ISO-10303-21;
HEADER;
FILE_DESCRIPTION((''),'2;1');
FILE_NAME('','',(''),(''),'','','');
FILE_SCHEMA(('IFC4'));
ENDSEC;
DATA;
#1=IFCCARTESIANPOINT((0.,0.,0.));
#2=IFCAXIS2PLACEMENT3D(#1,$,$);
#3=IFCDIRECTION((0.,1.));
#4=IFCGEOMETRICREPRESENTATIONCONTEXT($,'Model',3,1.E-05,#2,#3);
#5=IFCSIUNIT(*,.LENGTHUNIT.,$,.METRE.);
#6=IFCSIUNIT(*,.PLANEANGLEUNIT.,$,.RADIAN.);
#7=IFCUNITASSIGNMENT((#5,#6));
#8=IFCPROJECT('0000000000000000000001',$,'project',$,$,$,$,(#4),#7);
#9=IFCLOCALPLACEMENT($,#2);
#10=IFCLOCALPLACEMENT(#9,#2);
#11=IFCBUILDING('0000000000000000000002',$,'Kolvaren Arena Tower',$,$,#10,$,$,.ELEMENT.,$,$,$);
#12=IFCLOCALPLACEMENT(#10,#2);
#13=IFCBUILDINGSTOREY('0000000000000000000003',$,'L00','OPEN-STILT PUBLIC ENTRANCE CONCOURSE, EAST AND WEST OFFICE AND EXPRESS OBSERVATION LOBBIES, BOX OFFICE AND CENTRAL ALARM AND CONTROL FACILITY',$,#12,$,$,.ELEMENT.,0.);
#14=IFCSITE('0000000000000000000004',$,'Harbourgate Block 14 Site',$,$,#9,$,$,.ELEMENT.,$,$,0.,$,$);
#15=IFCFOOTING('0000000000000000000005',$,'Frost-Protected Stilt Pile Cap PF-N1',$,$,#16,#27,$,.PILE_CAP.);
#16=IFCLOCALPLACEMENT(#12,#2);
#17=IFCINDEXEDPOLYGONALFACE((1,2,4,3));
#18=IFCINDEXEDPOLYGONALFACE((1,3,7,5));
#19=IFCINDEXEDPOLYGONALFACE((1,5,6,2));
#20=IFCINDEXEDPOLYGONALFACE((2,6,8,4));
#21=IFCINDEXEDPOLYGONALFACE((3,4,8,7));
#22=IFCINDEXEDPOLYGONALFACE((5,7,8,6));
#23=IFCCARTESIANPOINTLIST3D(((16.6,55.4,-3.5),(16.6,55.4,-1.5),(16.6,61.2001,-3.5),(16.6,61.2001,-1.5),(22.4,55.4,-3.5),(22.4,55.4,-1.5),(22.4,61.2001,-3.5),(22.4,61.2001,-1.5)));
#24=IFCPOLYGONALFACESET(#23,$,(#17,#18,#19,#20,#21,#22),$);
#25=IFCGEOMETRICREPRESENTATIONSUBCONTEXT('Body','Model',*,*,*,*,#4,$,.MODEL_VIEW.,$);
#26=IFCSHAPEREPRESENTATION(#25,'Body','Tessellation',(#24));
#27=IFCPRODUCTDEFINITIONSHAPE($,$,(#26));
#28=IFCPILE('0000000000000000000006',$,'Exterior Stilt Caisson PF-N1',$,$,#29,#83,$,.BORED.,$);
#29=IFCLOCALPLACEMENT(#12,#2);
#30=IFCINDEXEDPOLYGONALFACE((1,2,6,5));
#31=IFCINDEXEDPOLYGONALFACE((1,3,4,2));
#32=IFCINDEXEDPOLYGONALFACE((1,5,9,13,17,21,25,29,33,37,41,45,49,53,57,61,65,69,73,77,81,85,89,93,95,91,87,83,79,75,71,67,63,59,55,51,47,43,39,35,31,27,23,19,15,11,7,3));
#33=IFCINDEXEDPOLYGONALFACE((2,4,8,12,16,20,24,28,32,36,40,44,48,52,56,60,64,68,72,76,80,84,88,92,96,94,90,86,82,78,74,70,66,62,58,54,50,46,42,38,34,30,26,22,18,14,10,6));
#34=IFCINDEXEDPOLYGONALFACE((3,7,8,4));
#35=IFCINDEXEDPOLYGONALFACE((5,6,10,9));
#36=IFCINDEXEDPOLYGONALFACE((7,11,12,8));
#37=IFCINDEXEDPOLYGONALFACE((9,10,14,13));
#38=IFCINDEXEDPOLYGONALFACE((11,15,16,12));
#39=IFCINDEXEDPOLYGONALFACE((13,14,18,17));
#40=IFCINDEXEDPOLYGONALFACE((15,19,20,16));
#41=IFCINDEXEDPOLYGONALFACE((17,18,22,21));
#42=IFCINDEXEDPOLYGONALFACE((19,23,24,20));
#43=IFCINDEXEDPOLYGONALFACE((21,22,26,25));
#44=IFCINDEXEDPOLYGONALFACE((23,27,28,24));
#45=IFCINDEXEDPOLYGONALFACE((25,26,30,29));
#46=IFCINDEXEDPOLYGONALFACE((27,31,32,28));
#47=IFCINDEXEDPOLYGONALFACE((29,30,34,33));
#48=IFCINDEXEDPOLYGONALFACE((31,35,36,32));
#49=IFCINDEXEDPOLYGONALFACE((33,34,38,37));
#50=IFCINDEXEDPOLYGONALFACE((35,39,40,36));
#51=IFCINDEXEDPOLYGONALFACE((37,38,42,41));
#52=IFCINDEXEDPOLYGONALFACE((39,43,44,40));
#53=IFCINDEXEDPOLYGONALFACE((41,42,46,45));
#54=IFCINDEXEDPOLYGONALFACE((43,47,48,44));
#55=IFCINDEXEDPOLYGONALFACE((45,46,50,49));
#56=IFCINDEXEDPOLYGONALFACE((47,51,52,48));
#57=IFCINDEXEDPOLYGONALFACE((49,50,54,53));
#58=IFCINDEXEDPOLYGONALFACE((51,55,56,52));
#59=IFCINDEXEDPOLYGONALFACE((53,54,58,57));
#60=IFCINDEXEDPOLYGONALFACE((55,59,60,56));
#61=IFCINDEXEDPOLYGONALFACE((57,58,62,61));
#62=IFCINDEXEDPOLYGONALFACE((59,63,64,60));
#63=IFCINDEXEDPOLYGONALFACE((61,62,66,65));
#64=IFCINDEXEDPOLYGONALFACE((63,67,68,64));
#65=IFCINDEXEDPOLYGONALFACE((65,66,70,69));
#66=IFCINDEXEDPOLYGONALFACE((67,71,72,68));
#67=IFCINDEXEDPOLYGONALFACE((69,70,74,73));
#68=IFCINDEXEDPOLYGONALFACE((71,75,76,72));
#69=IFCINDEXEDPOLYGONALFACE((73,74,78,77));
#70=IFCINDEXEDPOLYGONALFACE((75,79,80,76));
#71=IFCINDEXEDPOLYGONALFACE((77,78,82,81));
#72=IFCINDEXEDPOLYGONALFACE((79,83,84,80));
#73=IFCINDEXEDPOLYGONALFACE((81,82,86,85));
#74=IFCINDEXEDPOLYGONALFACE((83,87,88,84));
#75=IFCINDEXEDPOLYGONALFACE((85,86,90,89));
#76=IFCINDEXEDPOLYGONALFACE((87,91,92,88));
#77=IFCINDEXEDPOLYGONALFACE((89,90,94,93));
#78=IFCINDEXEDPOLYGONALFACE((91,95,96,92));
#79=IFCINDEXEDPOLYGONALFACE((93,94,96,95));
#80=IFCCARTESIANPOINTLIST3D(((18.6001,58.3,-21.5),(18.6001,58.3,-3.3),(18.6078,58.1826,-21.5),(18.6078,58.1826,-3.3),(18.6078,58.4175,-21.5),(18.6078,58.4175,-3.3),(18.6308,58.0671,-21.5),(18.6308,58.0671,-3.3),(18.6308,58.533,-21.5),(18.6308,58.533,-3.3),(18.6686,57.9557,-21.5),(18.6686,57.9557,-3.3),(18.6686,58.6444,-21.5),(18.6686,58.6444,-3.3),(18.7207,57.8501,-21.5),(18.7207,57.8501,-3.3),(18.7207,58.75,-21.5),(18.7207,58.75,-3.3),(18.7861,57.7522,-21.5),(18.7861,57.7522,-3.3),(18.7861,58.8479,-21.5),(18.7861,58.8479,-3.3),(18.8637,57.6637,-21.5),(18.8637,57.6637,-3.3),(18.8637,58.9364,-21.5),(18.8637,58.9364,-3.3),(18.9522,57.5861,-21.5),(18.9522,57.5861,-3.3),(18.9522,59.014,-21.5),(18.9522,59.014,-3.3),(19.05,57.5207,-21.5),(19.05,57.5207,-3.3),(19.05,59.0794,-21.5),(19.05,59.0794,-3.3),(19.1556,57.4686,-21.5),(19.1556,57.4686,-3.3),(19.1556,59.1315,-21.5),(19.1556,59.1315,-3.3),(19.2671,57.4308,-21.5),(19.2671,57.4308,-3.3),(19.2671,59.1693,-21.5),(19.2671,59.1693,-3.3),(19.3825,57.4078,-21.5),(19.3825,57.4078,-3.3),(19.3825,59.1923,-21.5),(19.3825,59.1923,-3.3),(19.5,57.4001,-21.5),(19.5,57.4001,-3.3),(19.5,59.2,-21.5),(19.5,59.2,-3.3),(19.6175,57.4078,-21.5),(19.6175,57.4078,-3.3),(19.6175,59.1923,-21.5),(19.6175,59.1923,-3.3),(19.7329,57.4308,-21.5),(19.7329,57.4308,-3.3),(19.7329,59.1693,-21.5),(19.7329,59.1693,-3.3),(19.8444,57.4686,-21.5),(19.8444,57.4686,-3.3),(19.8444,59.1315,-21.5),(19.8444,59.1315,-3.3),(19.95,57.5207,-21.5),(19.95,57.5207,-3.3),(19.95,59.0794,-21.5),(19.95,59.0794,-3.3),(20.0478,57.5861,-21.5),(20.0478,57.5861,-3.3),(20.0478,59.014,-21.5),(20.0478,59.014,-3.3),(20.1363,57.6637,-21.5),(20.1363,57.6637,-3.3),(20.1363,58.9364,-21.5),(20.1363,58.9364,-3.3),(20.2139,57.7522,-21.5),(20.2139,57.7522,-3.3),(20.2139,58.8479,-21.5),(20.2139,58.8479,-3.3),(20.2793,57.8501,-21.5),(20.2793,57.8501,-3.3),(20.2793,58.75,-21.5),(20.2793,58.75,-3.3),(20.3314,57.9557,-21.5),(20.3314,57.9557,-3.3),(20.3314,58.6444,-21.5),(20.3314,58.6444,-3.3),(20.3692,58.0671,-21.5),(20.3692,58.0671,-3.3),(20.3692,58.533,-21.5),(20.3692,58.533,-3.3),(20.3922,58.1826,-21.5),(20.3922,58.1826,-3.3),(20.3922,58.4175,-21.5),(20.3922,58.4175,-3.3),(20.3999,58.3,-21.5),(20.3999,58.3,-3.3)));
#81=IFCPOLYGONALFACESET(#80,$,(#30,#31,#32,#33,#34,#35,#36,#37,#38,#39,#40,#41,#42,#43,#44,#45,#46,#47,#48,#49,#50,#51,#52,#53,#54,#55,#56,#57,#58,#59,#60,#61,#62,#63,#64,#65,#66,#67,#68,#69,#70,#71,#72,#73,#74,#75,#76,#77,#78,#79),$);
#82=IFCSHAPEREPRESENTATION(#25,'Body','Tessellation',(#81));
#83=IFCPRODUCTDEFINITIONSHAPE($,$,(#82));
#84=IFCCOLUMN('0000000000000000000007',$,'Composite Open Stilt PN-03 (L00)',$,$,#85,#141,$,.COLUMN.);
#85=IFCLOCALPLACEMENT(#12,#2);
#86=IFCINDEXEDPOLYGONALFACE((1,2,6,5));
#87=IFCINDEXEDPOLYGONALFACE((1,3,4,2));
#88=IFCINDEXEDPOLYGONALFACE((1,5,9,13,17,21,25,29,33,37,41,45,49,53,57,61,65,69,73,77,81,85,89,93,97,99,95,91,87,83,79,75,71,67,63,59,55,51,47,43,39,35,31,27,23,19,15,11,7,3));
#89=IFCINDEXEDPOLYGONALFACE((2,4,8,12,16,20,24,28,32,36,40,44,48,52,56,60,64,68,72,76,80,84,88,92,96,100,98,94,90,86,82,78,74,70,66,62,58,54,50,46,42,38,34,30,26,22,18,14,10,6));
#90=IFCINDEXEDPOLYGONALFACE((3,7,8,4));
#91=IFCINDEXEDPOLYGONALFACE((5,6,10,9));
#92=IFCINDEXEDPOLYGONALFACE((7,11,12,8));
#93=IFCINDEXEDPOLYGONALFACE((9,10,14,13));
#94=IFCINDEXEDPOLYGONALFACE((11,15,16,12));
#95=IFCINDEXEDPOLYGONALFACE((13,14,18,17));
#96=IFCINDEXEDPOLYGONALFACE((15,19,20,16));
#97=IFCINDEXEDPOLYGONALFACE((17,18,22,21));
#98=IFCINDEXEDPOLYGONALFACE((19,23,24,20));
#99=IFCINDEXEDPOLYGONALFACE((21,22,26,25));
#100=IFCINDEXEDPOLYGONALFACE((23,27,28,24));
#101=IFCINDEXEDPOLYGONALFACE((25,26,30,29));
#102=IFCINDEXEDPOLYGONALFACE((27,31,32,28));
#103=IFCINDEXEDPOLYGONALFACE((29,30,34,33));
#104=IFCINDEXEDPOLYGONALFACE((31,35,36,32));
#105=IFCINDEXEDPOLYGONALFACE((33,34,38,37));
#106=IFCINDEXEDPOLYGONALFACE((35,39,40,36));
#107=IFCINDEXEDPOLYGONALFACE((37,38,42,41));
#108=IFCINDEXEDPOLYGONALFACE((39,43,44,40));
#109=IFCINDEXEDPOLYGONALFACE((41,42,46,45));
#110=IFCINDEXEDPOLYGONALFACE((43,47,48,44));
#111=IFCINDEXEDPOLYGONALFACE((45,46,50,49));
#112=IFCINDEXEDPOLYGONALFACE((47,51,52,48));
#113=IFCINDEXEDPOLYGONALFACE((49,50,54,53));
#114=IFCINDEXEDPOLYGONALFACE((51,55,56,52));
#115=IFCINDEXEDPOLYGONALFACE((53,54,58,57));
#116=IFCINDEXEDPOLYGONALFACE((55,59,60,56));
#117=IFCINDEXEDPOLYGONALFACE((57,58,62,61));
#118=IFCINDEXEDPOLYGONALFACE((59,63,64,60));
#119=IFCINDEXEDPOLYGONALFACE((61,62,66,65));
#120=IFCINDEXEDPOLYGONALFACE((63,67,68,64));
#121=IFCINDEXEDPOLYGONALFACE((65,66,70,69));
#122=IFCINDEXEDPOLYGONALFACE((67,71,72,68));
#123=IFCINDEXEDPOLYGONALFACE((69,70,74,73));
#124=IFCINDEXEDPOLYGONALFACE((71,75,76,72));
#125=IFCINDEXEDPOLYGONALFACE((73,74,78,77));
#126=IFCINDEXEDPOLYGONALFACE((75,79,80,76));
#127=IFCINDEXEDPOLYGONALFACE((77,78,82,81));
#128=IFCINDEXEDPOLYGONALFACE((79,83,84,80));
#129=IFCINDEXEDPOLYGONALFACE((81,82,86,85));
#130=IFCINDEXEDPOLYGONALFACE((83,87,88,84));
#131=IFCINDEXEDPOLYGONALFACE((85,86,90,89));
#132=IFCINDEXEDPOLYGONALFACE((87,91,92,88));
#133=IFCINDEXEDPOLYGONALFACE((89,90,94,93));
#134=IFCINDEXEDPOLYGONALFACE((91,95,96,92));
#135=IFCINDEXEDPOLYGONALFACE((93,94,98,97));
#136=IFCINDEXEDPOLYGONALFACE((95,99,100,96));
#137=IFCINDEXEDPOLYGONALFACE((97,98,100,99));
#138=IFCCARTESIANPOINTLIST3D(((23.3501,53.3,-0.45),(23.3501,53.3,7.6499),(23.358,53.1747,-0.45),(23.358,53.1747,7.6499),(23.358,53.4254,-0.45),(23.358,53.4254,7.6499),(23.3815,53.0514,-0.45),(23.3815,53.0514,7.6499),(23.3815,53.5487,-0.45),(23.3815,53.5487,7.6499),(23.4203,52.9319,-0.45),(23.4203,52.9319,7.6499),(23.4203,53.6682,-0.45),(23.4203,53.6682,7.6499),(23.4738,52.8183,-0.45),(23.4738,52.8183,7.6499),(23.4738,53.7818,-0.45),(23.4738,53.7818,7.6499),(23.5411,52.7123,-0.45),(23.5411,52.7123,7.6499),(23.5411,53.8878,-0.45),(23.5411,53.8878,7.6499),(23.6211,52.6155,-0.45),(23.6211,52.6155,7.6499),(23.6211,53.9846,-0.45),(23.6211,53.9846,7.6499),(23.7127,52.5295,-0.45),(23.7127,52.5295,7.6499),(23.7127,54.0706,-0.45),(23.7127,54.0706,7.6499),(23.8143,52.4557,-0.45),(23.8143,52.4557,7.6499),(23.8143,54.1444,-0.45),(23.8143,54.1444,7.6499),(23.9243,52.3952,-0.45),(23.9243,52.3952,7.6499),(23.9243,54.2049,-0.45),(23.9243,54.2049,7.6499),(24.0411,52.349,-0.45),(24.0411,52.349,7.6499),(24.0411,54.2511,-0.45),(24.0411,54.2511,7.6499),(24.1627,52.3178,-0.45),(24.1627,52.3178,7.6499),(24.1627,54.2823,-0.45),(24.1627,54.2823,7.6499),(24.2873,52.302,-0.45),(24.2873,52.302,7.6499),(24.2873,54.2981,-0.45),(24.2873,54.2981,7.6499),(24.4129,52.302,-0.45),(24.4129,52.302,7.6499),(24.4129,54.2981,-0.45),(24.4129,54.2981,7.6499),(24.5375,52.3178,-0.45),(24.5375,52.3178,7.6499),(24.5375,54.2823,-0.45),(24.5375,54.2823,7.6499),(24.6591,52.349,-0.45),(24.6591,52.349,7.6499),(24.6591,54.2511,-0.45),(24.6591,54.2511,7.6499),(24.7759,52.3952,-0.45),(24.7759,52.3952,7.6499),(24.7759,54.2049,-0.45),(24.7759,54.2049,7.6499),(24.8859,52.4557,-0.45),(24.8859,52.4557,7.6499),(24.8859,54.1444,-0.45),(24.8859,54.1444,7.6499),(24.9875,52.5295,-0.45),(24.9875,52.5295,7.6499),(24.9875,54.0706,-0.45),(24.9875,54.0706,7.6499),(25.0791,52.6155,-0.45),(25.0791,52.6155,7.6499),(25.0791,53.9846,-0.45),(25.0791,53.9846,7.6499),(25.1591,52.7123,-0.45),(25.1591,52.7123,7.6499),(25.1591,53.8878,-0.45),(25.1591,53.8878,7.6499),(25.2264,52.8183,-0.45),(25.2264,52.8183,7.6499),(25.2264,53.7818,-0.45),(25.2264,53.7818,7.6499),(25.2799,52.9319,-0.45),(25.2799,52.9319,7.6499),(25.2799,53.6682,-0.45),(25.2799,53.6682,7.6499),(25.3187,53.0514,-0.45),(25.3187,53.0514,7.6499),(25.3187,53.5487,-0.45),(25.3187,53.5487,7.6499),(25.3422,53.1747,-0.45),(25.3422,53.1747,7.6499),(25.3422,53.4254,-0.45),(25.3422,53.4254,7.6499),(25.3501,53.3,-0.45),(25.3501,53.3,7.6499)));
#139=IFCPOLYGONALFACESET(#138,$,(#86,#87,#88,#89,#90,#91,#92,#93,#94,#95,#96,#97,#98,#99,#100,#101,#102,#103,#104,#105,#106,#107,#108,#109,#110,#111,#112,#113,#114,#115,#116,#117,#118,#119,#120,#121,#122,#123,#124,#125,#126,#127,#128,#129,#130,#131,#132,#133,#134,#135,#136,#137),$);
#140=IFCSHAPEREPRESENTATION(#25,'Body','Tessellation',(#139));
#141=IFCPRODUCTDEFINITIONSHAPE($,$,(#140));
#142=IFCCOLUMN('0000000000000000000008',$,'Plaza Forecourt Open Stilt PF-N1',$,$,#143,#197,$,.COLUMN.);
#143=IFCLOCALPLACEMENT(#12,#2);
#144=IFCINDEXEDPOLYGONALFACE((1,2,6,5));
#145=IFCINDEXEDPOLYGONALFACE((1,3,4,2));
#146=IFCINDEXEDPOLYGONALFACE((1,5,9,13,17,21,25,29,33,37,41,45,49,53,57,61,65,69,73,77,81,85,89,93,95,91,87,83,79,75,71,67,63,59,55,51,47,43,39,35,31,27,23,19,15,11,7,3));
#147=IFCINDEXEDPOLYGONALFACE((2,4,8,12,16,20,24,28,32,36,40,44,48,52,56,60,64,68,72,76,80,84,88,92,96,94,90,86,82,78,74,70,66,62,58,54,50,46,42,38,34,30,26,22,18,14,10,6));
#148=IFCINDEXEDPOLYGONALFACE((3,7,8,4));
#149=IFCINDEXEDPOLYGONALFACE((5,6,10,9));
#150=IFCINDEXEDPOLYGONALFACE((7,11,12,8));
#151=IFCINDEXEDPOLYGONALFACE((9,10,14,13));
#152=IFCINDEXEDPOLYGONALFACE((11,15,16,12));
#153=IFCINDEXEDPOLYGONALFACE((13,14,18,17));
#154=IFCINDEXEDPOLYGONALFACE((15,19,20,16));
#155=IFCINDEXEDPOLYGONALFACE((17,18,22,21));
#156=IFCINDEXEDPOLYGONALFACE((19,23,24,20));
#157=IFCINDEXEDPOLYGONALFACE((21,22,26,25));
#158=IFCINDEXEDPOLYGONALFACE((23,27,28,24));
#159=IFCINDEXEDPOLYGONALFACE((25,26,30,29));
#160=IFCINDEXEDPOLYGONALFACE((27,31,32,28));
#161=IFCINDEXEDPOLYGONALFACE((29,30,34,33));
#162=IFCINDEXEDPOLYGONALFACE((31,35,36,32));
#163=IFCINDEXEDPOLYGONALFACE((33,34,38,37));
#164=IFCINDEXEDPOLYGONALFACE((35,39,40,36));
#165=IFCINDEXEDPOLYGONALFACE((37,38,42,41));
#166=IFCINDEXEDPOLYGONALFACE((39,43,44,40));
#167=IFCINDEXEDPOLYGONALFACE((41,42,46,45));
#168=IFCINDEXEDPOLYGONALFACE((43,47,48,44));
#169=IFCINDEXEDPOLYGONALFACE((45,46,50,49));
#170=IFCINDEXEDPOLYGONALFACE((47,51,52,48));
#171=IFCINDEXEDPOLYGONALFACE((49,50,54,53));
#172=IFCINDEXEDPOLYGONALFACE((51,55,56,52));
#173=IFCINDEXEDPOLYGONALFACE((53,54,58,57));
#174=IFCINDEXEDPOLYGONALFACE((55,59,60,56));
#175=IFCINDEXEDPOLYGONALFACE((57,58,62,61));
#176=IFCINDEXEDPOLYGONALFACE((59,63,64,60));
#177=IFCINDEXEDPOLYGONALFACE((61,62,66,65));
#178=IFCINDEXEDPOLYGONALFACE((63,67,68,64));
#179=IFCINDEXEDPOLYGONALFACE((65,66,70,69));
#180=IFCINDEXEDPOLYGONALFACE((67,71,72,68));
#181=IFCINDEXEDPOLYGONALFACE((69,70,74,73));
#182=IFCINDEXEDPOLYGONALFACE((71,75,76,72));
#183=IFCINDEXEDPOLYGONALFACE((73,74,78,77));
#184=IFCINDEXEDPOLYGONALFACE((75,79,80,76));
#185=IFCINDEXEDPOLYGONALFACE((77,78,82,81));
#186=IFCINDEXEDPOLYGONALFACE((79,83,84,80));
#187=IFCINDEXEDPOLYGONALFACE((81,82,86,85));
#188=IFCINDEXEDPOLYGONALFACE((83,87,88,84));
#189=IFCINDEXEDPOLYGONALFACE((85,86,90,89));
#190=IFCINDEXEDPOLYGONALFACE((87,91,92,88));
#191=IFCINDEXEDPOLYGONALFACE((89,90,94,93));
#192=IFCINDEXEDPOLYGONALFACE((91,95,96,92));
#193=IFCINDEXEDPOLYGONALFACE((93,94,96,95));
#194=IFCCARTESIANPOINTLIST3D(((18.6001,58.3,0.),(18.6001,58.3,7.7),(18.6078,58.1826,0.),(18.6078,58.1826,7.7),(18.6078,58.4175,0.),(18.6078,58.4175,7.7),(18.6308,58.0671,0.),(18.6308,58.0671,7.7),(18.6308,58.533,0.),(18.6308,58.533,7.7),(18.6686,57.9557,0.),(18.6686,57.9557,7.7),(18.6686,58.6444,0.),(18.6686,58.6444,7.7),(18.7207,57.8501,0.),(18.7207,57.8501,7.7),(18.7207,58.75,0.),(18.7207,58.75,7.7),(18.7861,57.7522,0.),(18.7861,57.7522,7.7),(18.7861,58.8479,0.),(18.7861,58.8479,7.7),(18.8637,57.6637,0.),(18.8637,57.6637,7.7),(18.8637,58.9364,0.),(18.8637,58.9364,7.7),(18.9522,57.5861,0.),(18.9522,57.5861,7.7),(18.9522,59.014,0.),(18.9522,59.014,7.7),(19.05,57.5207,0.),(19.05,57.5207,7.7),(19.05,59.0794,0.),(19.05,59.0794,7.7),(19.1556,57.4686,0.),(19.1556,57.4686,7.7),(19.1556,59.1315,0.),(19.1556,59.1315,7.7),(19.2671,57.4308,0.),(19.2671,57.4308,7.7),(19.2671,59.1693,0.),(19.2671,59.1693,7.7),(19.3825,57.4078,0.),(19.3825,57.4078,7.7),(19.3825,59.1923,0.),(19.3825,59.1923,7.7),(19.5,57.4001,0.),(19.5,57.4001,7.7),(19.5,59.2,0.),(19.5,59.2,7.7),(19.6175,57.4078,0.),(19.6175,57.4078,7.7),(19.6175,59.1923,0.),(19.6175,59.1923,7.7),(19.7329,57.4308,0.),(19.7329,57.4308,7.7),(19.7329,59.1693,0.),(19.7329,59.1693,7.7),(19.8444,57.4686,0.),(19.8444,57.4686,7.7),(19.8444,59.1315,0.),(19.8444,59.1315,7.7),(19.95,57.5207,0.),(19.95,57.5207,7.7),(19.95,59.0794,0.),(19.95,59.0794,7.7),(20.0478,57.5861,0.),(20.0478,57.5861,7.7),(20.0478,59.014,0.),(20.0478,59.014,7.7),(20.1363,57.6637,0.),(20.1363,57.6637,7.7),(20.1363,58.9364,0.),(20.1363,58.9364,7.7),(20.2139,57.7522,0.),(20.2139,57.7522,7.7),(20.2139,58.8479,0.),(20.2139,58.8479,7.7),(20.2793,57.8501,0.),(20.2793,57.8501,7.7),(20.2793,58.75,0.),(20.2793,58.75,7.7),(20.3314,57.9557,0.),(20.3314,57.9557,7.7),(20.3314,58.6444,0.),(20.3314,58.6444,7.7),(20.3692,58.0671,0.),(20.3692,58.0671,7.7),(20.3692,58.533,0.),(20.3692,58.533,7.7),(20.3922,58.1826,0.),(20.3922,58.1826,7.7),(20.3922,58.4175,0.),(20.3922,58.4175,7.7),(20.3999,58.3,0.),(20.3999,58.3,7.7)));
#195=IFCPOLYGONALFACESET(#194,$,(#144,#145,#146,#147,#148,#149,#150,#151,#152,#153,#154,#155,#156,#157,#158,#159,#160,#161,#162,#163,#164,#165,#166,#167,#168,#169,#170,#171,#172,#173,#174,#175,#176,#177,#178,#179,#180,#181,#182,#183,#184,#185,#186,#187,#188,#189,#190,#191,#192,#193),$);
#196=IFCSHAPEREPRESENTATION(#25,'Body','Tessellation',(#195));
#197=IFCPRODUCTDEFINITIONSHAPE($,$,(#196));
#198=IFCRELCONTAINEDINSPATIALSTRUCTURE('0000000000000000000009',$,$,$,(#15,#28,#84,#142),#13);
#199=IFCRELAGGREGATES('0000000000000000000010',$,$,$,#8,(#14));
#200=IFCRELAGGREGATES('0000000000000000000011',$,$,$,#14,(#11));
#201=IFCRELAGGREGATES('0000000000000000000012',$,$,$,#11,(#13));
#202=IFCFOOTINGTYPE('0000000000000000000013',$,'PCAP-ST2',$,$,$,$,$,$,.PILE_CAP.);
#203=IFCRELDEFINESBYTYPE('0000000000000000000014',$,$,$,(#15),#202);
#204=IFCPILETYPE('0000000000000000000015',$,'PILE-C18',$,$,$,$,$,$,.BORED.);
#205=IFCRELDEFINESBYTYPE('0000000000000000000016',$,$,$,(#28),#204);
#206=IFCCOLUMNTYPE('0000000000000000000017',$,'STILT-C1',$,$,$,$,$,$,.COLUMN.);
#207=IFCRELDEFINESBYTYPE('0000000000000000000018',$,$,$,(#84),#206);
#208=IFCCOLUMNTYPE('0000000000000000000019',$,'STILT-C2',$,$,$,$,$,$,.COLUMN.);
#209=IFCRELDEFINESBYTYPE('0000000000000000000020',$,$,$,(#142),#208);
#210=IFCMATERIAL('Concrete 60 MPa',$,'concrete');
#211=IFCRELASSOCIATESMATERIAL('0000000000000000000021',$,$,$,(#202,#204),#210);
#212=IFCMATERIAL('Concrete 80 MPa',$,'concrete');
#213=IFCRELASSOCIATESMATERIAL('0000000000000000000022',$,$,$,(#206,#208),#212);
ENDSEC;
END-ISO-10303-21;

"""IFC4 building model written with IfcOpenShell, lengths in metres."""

from ifc_helpers import new_model, si_unit, direction, frame, origin, origin_2d, place, context, subcontext, project, spatial, rectangle, circle, extrude, material, material_profile, profile_set, type_object, element, save


model = new_model("IFC4")

# Units and contexts
model_context = context("Model", 3, precision=1e-05, world=origin(), true_north=direction((0.0, 1.0)))
body_context = subcontext(model_context, "Body", "Model", "MODEL_VIEW")
ifc_project = project(units=[si_unit("LENGTHUNIT", "METRE"), si_unit("PLANEANGLEUNIT", "RADIAN")], contexts=[model_context])

# Site, building, storey
site_placement = place(None, origin())
site = spatial("IfcSite", under=ifc_project, at=site_placement, Name="Harbourgate Block 14 Site", CompositionType="ELEMENT", RefElevation=0.0)
building_placement = place(site_placement, origin())
building = spatial("IfcBuilding", under=site, at=building_placement, Name="Kolvaren Arena Tower", CompositionType="ELEMENT")
storey_placement = place(building_placement, origin())
storey = spatial("IfcBuildingStorey", under=building, at=storey_placement, Name="L00", Description="OPEN-STILT PUBLIC ENTRANCE CONCOURSE, EAST AND WEST OFFICE AND EXPRESS OBSERVATION LOBBIES, BOX OFFICE AND CENTRAL ALARM AND CONTROL FACILITY", CompositionType="ELEMENT", Elevation=0.0)

# Footing
ifc_material_1 = material(Name="Concrete 60 MPa", Category="concrete")
footing_type = type_object("IfcFootingType", Name="PCAP-ST2", PredefinedType="PILE_CAP", material=ifc_material_1)
footing_placement = place(storey_placement, frame((19.5, 58.3, -3.5), z_axis=(0.0, 0.0, 1.0), x_axis=(1.0, 0.0, 0.0)))
element("IfcFooting", 1, at=footing_placement, inside=storey, type_object=footing_type, Name="Frost-Protected Stilt Pile Cap PF-N1", PredefinedType="PILE_CAP", context=body_context, shape_type="SweptSolid", body=[
    extrude(rectangle(XDim=5.8, YDim=5.8, at=origin_2d()), origin(), (0.0, 0.0, 1.0), 2.0),
])

# Pile
ifc_material_profile_1 = material_profile(ifc_material_1, circle(Radius=0.8999, at=origin_2d()), Name="CAISSON-D1800")
ifc_profile_set_1 = profile_set([ifc_material_profile_1], Name="Concrete 60 MPa")
pile_type = type_object("IfcPileType", Name="PILE-C18", PredefinedType="BORED", material=ifc_profile_set_1)
pile_placement = place(storey_placement, frame((19.5, 58.3, -3.3), z_axis=(0.0, 0.0, -1.0), x_axis=(1.0, 0.0, 0.0)))
element("IfcPile", 2, at=pile_placement, inside=storey, type_object=pile_type, Name="Exterior Stilt Caisson PF-N1", PredefinedType="BORED", context=body_context, shape_type="SweptSolid", body=[
    extrude(circle(Radius=0.8999, at=origin_2d()), origin(), (0.0, 0.0, 1.0), 18.2),
])

# Columns
ifc_material_2 = material(Name="Concrete 80 MPa", Category="concrete")
ifc_material_profile_2 = material_profile(ifc_material_2, circle(Radius=1.0, at=origin_2d()), Name="RC-CIRC-2000")
ifc_profile_set_2 = profile_set([ifc_material_profile_2], Name="Concrete 80 MPa")
column_type_1 = type_object("IfcColumnType", Name="STILT-C1", PredefinedType="COLUMN", material=ifc_profile_set_2)
column_1_placement = place(storey_placement, frame((24.3501, 53.3, -0.45), z_axis=(0.0, 0.0, 1.0), x_axis=(1.0, 0.0, 0.0)))
element("IfcColumn", 3, at=column_1_placement, inside=storey, type_object=column_type_1, Name="Composite Open Stilt PN-03 (L00)", PredefinedType="COLUMN", context=body_context, shape_type="SweptSolid", body=[
    extrude(circle(Radius=1.0, at=origin_2d()), origin(), (0.0, 0.0, 1.0), 8.0999),
])
ifc_material_profile_3 = material_profile(ifc_material_2, circle(Radius=0.8999, at=origin_2d()), Name="RC-CIRC-1800")
ifc_profile_set_3 = profile_set([ifc_material_profile_3], Name="Concrete 80 MPa")
column_type_2 = type_object("IfcColumnType", Name="STILT-C2", PredefinedType="COLUMN", material=ifc_profile_set_3)
column_2_placement = place(storey_placement, frame((19.5, 58.3, 0.0), z_axis=(0.0, 0.0, 1.0), x_axis=(1.0, 0.0, 0.0)))
element("IfcColumn", 4, at=column_2_placement, inside=storey, type_object=column_type_2, Name="Plaza Forecourt Open Stilt PF-N1", PredefinedType="COLUMN", context=body_context, shape_type="SweptSolid", body=[
    extrude(circle(Radius=0.8999, at=origin_2d()), origin(), (0.0, 0.0, 1.0), 7.7),
])

save(model, "model.ifc")
